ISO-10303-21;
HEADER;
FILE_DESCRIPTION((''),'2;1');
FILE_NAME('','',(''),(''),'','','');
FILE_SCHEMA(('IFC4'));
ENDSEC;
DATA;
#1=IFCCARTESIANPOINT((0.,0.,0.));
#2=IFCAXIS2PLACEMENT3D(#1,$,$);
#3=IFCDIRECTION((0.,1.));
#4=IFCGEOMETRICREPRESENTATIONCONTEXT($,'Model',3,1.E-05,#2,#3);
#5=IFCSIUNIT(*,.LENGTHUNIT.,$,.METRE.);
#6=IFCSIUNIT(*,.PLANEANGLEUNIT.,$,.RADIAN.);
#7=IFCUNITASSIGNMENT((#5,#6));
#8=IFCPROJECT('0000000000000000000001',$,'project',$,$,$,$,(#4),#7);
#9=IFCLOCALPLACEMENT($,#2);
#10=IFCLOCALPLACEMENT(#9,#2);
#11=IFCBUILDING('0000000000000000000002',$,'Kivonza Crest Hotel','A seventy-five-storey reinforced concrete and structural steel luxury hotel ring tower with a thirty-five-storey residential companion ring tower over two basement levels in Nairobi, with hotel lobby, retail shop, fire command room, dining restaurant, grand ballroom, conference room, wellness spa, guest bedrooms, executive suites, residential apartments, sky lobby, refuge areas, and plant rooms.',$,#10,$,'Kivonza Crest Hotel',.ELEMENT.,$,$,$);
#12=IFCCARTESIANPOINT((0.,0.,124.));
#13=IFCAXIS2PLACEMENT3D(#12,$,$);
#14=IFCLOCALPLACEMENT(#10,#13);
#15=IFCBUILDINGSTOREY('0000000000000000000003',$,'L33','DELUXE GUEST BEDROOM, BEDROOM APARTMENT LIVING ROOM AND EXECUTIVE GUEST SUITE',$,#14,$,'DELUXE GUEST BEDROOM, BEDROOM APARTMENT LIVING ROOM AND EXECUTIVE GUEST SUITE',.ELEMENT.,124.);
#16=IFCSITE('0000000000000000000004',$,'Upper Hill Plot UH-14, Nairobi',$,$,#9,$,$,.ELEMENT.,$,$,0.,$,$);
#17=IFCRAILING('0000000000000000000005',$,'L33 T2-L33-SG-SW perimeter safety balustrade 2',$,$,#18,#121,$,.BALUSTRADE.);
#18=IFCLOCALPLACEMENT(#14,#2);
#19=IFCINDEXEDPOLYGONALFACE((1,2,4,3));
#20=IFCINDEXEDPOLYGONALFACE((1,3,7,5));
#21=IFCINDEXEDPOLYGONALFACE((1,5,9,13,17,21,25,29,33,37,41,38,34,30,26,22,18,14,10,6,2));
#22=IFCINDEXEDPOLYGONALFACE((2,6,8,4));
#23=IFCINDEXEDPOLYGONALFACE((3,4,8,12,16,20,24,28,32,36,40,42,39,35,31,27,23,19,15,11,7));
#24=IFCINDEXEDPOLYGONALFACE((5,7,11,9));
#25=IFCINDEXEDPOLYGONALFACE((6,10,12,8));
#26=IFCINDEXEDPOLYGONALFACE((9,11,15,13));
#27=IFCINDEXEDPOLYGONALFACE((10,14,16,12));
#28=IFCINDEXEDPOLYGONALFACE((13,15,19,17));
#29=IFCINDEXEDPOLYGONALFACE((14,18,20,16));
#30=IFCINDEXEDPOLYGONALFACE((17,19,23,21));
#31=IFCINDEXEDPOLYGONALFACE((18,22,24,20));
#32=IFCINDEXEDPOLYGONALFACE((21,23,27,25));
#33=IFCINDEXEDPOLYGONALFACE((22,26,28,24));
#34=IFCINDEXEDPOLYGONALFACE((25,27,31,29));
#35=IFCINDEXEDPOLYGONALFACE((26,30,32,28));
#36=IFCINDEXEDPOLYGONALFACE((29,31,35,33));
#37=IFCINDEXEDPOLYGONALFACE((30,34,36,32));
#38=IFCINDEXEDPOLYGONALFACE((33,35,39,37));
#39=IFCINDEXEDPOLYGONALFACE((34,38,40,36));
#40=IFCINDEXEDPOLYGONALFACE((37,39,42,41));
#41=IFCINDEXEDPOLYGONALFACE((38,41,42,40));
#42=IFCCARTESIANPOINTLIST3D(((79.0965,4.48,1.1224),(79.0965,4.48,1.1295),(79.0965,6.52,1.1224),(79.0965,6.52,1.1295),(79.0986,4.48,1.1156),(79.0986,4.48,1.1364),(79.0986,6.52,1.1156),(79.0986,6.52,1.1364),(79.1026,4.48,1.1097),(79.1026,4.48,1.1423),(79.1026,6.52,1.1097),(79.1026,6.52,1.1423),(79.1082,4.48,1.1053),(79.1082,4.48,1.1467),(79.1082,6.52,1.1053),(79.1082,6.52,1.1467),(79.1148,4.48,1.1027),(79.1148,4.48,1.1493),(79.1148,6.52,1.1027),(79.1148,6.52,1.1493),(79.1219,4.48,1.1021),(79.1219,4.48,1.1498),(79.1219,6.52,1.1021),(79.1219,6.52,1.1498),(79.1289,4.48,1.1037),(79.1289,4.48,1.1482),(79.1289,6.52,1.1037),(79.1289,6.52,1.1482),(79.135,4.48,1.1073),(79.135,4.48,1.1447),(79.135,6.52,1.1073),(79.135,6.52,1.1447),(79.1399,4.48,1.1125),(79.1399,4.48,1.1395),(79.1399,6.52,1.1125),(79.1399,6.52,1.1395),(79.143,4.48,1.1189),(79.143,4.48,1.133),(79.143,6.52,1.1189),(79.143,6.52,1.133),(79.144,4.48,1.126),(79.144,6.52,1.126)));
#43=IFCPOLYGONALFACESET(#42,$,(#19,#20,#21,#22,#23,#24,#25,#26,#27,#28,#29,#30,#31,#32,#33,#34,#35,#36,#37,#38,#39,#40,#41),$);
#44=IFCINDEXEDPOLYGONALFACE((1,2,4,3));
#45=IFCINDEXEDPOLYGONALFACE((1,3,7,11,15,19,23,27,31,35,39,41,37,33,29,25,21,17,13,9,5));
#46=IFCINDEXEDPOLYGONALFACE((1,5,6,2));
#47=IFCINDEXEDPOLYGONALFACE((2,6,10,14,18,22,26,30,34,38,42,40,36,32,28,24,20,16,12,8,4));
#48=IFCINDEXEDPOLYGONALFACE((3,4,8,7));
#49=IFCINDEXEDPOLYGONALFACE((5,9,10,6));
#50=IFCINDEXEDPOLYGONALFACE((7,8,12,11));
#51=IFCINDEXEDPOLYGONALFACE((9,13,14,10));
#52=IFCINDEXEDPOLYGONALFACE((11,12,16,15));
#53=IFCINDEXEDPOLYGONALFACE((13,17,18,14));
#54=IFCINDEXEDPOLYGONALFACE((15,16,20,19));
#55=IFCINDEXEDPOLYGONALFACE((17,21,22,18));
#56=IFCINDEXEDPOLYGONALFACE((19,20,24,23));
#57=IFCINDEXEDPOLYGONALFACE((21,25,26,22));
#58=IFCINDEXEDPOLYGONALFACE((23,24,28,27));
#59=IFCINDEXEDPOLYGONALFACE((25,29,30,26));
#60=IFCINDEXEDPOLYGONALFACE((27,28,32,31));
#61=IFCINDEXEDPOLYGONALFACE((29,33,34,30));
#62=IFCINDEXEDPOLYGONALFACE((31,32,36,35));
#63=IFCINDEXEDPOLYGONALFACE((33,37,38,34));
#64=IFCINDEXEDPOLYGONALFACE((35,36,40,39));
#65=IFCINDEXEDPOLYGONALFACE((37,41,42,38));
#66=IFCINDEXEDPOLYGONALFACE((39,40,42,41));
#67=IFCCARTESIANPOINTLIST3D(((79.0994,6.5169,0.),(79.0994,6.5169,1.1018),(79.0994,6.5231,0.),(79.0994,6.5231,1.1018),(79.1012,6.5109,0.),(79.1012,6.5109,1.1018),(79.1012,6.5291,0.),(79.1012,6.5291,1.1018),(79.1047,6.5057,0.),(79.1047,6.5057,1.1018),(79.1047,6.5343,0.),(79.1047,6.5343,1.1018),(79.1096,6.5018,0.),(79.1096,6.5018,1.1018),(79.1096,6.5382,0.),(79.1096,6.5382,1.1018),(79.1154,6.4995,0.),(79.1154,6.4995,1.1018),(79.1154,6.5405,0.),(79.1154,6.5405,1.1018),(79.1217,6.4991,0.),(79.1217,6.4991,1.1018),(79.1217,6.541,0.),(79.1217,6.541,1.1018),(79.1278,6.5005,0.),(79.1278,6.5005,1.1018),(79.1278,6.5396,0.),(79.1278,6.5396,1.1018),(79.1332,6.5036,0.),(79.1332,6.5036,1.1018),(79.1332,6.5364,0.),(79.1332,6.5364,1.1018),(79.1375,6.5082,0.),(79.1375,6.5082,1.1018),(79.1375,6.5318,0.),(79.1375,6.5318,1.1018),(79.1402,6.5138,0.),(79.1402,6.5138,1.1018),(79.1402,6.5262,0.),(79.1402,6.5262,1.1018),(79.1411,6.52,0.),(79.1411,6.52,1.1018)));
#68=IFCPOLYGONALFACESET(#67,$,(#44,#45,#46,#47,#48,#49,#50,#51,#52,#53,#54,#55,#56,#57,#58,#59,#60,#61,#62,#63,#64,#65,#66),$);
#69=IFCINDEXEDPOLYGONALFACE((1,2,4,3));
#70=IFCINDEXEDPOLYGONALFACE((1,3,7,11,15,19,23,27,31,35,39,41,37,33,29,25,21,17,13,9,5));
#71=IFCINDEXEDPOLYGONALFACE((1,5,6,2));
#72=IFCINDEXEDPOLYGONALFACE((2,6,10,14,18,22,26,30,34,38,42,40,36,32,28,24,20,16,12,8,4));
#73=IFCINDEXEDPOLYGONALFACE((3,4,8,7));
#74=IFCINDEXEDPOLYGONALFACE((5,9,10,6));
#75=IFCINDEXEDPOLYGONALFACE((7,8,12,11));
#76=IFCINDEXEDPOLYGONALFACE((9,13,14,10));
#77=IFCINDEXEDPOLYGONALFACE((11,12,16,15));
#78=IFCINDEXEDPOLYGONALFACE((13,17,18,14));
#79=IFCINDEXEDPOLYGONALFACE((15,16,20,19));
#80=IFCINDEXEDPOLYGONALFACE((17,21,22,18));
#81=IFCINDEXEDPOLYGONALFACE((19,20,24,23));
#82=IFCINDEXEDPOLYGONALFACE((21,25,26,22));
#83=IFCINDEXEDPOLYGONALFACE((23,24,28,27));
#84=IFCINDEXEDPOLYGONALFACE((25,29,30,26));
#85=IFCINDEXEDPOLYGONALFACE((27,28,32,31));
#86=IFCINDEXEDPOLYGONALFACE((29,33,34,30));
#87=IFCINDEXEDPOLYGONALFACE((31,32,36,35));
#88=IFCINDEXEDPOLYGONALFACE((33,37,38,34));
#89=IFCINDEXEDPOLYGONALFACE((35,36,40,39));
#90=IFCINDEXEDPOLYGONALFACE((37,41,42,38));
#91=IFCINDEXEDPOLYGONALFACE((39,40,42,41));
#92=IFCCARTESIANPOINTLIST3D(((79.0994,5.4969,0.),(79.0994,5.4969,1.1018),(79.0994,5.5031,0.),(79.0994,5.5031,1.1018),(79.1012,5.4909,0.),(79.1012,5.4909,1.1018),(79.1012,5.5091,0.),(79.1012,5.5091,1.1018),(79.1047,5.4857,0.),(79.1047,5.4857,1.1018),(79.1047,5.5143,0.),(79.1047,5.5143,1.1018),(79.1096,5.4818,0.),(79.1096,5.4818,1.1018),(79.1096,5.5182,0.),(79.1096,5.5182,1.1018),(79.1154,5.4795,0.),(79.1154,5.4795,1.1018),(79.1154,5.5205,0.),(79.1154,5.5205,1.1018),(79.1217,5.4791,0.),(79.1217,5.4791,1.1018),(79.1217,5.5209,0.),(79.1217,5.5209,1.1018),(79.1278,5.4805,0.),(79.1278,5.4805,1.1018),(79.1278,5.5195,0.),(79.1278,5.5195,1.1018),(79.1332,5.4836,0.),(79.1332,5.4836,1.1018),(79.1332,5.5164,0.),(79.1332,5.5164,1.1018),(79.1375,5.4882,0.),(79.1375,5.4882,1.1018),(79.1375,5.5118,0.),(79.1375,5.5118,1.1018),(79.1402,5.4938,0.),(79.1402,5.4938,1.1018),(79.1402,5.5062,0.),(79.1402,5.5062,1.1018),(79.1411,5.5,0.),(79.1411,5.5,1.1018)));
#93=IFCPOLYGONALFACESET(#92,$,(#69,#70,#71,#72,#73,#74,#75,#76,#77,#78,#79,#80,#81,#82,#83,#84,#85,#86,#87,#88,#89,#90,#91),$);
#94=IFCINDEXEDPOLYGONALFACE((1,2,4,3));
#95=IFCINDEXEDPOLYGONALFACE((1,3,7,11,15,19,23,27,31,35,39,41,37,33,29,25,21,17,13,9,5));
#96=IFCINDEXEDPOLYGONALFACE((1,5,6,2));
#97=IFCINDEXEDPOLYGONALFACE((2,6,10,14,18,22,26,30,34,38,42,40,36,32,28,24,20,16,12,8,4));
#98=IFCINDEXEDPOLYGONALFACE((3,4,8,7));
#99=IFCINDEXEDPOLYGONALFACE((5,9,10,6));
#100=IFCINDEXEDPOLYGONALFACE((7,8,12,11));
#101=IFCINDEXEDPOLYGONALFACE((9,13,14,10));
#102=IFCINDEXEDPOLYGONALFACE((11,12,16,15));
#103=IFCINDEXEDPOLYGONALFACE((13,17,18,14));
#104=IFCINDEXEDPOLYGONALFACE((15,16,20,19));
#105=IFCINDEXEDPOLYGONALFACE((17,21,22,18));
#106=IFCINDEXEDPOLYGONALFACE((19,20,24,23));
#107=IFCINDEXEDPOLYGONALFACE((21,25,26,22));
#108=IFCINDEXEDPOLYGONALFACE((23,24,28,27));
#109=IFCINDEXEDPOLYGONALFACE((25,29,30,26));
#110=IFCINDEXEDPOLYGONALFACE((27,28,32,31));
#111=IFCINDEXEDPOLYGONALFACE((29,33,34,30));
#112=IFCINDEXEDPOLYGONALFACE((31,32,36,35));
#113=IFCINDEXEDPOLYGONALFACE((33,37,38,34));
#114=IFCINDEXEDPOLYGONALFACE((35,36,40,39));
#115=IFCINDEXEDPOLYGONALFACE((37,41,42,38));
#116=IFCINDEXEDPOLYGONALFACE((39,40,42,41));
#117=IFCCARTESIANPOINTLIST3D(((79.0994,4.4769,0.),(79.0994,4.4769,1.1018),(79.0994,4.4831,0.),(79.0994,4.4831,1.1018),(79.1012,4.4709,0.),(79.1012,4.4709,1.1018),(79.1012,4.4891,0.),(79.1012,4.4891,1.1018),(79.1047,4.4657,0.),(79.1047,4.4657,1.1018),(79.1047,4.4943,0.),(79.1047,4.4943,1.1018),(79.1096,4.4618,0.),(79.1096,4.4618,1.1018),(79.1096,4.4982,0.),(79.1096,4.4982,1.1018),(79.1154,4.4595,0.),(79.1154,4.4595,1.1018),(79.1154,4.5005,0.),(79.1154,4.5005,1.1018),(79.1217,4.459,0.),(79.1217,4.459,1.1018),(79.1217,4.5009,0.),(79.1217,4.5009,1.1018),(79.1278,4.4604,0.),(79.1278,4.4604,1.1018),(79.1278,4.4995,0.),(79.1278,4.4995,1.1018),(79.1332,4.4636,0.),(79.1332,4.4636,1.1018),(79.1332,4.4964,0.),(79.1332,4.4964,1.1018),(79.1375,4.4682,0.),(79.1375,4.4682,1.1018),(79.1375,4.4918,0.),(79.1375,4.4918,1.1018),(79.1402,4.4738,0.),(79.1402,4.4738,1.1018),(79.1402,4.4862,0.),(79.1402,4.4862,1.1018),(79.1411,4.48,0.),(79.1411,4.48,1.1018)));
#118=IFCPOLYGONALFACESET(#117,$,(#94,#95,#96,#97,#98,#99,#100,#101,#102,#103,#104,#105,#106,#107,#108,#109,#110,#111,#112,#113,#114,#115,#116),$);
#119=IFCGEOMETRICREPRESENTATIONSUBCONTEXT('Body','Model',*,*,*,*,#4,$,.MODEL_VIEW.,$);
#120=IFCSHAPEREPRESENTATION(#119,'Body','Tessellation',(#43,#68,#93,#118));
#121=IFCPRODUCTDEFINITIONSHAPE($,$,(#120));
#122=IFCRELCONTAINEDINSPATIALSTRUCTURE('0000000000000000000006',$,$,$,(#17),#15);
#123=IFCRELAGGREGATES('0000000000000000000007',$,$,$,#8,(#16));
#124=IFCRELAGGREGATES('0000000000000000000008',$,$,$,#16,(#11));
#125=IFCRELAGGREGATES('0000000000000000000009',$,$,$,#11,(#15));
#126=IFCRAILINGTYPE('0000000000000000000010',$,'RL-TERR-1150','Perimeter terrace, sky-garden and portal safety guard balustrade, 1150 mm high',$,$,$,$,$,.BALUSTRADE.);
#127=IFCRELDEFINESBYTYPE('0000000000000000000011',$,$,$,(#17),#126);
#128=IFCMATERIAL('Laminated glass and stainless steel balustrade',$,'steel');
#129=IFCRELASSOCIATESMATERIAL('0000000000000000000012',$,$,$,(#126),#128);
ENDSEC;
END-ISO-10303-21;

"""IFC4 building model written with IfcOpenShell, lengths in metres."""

from ifc_helpers import new_model, si_unit, direction, frame, origin, origin_2d, place, context, subcontext, project, spatial, circle, extrude, material, type_object, element, save


model = new_model("IFC4")

# Units and contexts
model_context = context("Model", 3, precision=1e-05, world=origin(), true_north=direction((0.0, 1.0)))
body_context = subcontext(model_context, "Body", "Model", "MODEL_VIEW")
ifc_project = project(units=[si_unit("LENGTHUNIT", "METRE"), si_unit("PLANEANGLEUNIT", "RADIAN")], contexts=[model_context])

# Site, building, storey
site_placement = place(None, origin())
site = spatial("IfcSite", under=ifc_project, at=site_placement, Name="Upper Hill Plot UH-14, Nairobi", CompositionType="ELEMENT", RefElevation=0.0)
building_placement = place(site_placement, origin())
building = spatial("IfcBuilding", under=site, at=building_placement, Name="Kivonza Crest Hotel", Description="A seventy-five-storey reinforced concrete and structural steel luxury hotel ring tower with a thirty-five-storey residential companion ring tower over two basement levels in Nairobi, with hotel lobby, retail shop, fire command room, dining restaurant, grand ballroom, conference room, wellness spa, guest bedrooms, executive suites, residential apartments, sky lobby, refuge areas, and plant rooms.", LongName="Kivonza Crest Hotel", CompositionType="ELEMENT")
storey_placement = place(building_placement, frame((0.0, 0.0, 124.0)))
storey = spatial("IfcBuildingStorey", under=building, at=storey_placement, Name="L33", Description="DELUXE GUEST BEDROOM, BEDROOM APARTMENT LIVING ROOM AND EXECUTIVE GUEST SUITE", LongName="DELUXE GUEST BEDROOM, BEDROOM APARTMENT LIVING ROOM AND EXECUTIVE GUEST SUITE", CompositionType="ELEMENT", Elevation=124.0)

# Railing
ifc_material_1 = material(Name="Laminated glass and stainless steel balustrade", Category="steel")
railing_type = type_object("IfcRailingType", Name="RL-TERR-1150", Description="Perimeter terrace, sky-garden and portal safety guard balustrade, 1150 mm high", PredefinedType="BALUSTRADE", material=ifc_material_1)
railing_1_placement = place(storey_placement, frame((79.1201, 6.52, 0.0)))
element("IfcRailing", 1, at=railing_1_placement, inside=storey, type_object=railing_type, Name="L33 T2-L33-SG-SW perimeter safety balustrade 2", PredefinedType="BALUSTRADE", context=body_context, shape_type="SweptSolid", body=[
    extrude(circle(Radius=0.0239, at=origin_2d()), frame((0.0, 0.0, 1.126), z_axis=(0.0, -1.0, 0.0), x_axis=(1.0, 0.0, 0.0)), (0.0, 0.0, 1.0), 2.04),
    extrude(circle(Radius=0.021, at=origin_2d()), origin(), (0.0, 0.0, 1.0), 1.1018),
    extrude(circle(Radius=0.021, at=origin_2d()), frame((0.0, -1.02, 0.0)), (0.0, 0.0, 1.0), 1.1018),
    extrude(circle(Radius=0.021, at=origin_2d()), frame((0.0, -2.04, 0.0)), (0.0, 0.0, 1.0), 1.1018),
])

save(model, "model.ifc")
